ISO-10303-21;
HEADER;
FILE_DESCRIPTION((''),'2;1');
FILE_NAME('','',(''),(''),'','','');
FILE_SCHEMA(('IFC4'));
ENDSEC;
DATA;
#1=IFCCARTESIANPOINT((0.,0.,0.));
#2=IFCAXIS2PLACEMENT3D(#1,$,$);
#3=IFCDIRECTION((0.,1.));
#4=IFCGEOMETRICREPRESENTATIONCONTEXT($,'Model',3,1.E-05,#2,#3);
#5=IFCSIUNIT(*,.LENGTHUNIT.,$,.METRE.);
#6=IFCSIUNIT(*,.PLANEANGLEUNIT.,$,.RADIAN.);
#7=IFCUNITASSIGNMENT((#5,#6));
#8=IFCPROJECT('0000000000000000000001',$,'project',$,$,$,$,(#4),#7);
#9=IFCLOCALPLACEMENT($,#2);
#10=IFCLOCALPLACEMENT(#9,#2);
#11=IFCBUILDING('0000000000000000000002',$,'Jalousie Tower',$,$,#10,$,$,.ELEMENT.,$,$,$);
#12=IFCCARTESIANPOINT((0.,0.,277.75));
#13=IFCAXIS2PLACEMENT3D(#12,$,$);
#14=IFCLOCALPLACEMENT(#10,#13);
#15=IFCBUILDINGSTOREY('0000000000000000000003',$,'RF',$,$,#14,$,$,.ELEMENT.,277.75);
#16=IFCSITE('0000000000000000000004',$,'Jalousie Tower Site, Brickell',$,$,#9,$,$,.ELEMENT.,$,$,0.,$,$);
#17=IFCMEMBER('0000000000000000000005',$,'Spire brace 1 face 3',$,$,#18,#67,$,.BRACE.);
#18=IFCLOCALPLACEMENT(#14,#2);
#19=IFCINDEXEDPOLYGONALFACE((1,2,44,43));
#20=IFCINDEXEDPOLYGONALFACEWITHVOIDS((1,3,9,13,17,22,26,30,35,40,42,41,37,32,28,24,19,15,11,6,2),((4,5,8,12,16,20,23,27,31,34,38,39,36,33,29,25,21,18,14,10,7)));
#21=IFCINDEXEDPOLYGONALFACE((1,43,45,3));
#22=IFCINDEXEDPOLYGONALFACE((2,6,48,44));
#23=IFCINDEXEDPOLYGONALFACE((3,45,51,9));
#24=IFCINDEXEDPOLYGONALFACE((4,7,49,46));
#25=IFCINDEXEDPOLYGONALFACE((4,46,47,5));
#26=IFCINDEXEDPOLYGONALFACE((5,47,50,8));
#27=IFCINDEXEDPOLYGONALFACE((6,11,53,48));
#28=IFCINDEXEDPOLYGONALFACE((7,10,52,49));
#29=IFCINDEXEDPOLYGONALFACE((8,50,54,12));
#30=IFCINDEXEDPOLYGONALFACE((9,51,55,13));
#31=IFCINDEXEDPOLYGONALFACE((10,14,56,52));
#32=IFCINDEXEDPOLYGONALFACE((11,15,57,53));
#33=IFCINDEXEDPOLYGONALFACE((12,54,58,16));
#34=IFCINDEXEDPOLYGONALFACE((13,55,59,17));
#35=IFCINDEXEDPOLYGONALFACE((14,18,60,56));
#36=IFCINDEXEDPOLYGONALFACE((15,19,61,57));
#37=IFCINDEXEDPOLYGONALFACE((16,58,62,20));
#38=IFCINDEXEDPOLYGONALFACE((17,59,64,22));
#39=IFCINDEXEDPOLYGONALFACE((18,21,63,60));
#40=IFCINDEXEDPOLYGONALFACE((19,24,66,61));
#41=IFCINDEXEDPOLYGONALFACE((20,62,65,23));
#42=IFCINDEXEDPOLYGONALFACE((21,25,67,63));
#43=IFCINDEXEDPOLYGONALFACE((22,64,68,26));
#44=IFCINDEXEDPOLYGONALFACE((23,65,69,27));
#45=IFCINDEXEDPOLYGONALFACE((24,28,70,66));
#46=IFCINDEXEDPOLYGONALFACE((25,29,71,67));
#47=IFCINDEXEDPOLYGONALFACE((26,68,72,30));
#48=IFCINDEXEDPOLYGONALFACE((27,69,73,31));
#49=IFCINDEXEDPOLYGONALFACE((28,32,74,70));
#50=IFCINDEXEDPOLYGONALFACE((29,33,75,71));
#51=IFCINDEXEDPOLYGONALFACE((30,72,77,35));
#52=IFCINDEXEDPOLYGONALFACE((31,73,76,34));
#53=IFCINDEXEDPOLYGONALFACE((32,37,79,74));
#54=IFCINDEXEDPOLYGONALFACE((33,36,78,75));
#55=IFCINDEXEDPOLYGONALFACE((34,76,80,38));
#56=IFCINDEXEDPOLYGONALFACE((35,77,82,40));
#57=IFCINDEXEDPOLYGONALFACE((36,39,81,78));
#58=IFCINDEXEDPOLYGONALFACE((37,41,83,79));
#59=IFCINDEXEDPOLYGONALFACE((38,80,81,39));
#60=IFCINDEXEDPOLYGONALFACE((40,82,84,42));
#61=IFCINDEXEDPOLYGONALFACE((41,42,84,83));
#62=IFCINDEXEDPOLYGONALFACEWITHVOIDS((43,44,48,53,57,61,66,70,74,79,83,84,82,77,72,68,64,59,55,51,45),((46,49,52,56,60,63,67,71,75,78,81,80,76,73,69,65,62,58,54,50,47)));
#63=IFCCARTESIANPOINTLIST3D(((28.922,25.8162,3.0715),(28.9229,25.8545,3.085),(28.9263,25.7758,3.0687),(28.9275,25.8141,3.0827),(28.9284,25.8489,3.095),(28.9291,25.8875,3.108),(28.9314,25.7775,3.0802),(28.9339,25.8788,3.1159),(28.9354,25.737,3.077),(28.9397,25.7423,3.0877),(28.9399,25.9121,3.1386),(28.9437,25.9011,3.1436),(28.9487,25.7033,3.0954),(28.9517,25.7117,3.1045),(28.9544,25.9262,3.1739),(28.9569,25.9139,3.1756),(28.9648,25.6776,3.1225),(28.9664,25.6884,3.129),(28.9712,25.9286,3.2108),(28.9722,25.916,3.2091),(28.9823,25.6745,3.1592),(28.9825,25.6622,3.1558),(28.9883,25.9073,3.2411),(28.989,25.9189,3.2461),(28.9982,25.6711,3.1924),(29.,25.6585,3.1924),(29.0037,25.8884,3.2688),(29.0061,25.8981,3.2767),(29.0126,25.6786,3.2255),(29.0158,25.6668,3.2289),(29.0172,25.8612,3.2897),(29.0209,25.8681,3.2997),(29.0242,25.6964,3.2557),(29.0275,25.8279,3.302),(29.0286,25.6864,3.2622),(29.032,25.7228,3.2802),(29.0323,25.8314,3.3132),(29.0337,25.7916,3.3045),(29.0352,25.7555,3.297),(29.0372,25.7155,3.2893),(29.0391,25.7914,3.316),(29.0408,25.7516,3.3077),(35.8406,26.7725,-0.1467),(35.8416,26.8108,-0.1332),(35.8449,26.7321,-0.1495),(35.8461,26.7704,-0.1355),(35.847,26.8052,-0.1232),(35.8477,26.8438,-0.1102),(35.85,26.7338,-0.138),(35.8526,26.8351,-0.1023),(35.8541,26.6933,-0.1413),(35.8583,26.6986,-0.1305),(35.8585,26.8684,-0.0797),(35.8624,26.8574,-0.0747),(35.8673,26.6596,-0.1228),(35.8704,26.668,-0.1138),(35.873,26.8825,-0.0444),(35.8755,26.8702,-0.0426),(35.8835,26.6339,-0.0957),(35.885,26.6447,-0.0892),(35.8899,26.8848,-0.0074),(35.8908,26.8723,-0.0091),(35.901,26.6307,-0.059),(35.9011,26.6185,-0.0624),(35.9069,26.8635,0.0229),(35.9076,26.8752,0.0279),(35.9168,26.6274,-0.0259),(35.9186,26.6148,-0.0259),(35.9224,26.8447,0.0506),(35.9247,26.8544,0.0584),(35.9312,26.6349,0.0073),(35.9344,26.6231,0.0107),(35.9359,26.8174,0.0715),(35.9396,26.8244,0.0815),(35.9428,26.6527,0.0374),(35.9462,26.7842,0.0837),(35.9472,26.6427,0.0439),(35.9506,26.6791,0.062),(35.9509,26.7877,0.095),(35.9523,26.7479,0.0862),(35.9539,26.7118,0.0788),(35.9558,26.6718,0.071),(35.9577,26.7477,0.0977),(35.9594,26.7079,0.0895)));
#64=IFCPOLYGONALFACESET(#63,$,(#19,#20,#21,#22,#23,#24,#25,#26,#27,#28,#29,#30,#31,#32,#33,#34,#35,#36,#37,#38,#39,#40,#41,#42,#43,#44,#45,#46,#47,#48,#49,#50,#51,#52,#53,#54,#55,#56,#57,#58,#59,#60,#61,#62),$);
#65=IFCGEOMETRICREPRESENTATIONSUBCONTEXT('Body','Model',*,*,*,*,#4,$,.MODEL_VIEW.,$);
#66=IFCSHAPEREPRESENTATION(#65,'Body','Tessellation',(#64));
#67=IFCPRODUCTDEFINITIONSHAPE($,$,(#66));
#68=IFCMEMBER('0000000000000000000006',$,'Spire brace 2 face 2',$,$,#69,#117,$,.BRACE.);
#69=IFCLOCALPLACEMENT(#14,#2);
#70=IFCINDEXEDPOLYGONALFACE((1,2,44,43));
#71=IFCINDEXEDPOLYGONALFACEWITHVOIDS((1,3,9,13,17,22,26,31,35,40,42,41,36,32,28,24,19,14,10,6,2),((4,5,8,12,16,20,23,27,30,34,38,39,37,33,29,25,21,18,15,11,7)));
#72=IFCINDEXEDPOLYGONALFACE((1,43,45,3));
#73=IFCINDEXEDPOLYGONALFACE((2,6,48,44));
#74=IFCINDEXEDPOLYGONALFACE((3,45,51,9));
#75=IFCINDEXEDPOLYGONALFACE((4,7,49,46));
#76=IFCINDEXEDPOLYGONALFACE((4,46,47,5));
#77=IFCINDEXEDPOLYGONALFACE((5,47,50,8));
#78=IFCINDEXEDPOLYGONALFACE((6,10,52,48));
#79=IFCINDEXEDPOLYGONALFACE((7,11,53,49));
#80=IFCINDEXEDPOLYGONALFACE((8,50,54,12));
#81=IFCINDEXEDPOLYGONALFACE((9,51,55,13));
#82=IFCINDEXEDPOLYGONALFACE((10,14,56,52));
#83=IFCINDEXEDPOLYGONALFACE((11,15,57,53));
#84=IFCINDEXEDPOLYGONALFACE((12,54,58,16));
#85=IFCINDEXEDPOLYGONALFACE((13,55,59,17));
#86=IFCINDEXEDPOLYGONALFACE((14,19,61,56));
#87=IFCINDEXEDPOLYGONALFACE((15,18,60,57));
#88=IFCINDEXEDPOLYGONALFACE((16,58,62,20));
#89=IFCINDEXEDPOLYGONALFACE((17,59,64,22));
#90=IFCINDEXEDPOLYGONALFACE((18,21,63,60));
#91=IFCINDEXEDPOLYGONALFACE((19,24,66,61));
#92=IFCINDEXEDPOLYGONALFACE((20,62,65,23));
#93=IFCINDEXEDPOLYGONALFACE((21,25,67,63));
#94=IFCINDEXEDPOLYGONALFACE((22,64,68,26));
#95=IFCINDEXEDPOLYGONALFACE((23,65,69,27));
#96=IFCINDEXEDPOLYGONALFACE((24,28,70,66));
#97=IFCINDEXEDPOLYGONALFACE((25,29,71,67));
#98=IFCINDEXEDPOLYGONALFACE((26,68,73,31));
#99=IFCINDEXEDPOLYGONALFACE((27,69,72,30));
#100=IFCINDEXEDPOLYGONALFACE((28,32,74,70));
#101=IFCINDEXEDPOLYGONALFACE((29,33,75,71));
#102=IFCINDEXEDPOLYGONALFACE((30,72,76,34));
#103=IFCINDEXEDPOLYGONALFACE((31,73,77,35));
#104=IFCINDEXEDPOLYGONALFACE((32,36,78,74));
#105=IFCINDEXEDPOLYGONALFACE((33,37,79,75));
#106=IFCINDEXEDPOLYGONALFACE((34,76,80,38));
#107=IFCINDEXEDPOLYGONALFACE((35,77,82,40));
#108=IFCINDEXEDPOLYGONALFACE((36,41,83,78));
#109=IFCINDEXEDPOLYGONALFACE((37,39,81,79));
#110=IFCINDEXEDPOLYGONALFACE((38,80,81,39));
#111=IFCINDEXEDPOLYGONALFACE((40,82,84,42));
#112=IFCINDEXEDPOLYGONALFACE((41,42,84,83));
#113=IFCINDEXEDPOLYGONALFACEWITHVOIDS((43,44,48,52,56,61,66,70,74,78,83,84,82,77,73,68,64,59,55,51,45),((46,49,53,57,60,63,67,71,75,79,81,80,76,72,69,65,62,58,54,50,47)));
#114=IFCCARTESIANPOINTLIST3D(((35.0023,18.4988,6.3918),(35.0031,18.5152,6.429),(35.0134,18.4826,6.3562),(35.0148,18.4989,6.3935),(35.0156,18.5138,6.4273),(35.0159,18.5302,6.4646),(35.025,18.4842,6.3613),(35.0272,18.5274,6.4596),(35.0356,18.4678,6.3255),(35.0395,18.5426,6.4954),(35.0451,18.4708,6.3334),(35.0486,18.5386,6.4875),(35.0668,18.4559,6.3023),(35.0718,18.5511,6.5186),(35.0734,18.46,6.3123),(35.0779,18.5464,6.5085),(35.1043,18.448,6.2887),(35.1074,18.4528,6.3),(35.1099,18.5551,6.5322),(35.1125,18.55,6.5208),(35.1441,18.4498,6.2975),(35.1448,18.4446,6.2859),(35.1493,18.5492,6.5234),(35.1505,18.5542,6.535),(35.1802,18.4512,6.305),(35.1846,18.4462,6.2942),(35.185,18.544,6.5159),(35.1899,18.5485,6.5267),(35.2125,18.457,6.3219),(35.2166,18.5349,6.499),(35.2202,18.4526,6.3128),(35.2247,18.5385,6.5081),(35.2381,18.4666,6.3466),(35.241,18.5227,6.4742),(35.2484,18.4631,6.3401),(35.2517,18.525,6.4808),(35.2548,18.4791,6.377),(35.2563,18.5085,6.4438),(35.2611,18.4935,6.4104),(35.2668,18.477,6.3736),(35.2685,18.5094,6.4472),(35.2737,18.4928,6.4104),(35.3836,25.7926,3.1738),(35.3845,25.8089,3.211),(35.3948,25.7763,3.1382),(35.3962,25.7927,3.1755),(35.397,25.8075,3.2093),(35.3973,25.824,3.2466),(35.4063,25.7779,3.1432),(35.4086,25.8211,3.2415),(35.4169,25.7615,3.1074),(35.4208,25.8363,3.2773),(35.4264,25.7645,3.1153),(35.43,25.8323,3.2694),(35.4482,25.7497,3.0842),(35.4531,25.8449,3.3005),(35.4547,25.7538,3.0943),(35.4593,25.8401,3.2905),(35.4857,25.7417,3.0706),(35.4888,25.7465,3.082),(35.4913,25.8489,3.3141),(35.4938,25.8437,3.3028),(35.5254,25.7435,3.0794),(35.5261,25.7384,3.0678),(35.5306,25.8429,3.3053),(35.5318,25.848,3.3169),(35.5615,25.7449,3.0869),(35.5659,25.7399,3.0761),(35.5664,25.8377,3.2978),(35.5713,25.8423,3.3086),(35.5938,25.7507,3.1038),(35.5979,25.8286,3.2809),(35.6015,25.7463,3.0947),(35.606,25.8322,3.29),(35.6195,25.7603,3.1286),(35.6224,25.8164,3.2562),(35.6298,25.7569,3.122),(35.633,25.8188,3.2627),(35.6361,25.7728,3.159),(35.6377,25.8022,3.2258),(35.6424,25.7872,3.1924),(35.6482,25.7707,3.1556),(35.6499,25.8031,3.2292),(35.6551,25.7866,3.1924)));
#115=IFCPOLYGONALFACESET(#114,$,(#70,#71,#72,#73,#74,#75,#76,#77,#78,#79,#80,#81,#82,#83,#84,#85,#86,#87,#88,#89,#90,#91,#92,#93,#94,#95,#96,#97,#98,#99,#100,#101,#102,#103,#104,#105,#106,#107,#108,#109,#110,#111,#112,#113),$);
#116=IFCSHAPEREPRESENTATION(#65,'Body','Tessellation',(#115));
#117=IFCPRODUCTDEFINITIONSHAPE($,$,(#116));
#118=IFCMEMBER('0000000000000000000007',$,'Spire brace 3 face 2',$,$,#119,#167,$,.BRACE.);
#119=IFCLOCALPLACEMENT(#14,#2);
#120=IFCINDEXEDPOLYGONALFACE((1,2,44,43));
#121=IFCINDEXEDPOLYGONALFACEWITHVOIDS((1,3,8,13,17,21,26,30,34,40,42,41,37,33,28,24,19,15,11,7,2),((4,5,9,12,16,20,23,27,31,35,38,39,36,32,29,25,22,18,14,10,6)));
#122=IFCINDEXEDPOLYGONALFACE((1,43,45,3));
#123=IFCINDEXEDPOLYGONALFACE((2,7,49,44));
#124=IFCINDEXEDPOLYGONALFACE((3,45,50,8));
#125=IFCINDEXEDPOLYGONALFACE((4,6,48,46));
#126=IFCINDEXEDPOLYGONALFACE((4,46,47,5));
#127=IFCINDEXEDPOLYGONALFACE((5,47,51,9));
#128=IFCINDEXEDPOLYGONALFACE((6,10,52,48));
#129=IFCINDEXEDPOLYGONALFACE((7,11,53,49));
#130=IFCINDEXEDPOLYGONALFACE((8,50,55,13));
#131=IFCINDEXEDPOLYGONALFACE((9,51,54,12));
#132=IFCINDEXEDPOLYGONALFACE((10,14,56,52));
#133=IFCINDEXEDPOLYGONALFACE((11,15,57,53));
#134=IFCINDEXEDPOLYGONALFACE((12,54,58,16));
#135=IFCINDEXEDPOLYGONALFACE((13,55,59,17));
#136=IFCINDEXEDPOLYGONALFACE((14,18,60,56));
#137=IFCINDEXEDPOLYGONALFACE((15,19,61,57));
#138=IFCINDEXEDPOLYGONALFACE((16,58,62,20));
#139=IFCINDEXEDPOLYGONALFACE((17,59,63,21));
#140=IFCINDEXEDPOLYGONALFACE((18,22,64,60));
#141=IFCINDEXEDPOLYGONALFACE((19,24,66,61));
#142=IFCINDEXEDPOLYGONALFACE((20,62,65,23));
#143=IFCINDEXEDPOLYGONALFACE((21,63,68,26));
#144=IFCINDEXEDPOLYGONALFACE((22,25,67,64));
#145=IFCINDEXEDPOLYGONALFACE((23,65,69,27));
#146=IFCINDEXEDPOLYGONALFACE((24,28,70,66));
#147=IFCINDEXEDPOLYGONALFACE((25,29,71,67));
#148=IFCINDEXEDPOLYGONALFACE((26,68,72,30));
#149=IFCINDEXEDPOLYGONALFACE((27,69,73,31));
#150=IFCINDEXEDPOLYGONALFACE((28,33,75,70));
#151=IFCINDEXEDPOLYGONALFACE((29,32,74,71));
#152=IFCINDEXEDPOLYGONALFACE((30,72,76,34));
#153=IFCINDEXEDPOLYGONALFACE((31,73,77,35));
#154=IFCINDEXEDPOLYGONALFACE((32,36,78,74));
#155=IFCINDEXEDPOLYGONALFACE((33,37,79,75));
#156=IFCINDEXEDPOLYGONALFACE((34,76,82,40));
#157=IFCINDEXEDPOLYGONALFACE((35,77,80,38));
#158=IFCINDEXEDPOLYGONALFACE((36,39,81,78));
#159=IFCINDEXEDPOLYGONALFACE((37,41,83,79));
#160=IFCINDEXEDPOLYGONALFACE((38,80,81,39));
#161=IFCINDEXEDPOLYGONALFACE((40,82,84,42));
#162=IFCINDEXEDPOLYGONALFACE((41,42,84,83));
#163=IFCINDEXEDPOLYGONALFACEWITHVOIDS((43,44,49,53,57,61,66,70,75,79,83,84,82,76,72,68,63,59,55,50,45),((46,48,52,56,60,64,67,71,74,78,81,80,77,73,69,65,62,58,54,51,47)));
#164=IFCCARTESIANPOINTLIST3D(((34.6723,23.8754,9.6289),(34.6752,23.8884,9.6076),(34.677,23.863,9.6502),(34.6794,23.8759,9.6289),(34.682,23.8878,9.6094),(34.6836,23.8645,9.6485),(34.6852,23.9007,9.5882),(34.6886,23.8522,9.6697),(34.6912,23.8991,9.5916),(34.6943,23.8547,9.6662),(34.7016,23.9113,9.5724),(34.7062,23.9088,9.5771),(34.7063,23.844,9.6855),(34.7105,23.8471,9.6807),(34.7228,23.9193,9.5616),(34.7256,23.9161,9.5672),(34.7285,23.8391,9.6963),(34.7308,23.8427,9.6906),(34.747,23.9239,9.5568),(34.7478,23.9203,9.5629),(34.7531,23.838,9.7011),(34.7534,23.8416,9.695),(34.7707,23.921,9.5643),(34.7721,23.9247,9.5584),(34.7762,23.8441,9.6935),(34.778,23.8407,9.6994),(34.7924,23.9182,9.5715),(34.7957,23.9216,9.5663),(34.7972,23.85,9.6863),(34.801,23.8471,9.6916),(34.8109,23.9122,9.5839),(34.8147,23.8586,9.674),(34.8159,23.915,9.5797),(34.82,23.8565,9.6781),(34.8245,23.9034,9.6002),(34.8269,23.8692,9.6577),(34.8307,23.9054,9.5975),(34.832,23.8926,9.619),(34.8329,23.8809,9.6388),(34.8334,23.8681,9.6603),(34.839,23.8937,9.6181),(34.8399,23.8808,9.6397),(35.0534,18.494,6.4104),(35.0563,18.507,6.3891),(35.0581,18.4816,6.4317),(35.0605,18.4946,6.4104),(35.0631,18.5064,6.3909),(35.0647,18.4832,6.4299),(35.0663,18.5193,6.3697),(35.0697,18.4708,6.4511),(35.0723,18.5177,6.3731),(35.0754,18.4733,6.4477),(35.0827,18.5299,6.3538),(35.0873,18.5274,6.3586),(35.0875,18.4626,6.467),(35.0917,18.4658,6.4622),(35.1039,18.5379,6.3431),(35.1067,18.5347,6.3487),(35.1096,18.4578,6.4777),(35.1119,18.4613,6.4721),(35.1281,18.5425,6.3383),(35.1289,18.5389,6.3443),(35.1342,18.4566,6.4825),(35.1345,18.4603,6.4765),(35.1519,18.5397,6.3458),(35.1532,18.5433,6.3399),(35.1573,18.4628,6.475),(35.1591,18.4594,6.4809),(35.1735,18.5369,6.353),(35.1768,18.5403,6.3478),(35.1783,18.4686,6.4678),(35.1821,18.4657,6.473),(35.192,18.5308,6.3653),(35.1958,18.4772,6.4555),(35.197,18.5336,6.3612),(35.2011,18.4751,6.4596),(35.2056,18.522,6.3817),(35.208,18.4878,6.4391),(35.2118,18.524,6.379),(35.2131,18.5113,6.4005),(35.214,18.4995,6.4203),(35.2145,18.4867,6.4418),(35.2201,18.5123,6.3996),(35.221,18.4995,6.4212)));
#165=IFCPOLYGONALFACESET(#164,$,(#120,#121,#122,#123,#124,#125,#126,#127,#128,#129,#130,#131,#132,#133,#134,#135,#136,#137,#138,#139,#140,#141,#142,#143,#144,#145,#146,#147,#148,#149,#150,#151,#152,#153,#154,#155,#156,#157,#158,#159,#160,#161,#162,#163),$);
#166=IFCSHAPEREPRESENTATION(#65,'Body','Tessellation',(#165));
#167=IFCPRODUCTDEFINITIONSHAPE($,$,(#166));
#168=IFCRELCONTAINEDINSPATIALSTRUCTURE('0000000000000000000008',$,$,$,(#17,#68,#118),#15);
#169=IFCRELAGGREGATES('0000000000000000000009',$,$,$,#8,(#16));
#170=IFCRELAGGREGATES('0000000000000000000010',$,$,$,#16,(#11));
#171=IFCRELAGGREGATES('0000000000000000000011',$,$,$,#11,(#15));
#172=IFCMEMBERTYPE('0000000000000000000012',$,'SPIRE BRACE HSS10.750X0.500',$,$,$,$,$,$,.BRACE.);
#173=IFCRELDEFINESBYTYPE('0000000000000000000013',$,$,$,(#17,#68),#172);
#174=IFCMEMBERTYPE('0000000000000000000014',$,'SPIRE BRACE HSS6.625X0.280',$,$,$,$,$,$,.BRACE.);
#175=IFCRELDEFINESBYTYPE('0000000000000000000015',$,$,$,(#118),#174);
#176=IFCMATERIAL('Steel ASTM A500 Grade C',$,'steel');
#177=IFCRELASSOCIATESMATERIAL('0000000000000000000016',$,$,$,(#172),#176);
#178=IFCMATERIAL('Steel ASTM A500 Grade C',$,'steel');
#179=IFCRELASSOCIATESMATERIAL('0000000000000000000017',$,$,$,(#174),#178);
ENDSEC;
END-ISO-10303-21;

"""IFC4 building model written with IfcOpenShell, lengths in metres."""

from ifc_helpers import new_model, si_unit, direction, frame, origin, origin_2d, place, context, subcontext, project, spatial, hollow_circle, extrude, material, material_profile, profile_set, type_object, element, save


model = new_model("IFC4")

# Units and contexts
model_context = context("Model", 3, precision=1e-05, world=origin(), true_north=direction((0.0, 1.0)))
body_context = subcontext(model_context, "Body", "Model", "MODEL_VIEW")
ifc_project = project(units=[si_unit("LENGTHUNIT", "METRE"), si_unit("PLANEANGLEUNIT", "RADIAN")], contexts=[model_context])

# Site, building, storey
site_placement = place(None, origin())
site = spatial("IfcSite", under=ifc_project, at=site_placement, Name="Jalousie Tower Site, Brickell", CompositionType="ELEMENT", RefElevation=0.0)
building_placement = place(site_placement, origin())
building = spatial("IfcBuilding", under=site, at=building_placement, Name="Jalousie Tower", CompositionType="ELEMENT")
storey_placement = place(building_placement, frame((0.0, 0.0, 277.75)))
storey = spatial("IfcBuildingStorey", under=building, at=storey_placement, Name="RF", CompositionType="ELEMENT", Elevation=277.75)

# Members
ifc_material_1 = material(Name="Steel ASTM A500 Grade C", Category="steel")
ifc_material_profile_1 = material_profile(ifc_material_1, hollow_circle(Radius=0.1365, WallThickness=0.0127, at=origin_2d()), Name="HSS10.750X0.500")
ifc_profile_set_1 = profile_set([ifc_material_profile_1], Name="Steel ASTM A500 Grade C")
member_type_1 = type_object("IfcMemberType", Name="SPIRE BRACE HSS10.750X0.500", PredefinedType="BRACE", material=ifc_profile_set_1)
member_1_placement = place(storey_placement, frame((35.8999, 26.75, -0.0259), z_axis=(-0.89967, -0.124352, 0.418485), x_axis=(0.136918, -0.990582, 0.0)))
element("IfcMember", 1, at=member_1_placement, inside=storey, type_object=member_type_1, Name="Spire brace 1 face 3", PredefinedType="BRACE", context=body_context, shape_type="SweptSolid", body=[
    extrude(hollow_circle(Radius=0.1365, WallThickness=0.0127, at=origin_2d()), origin(), (0.0, 0.0, 1.0), 7.6902),
])
member_2_placement = place(storey_placement, frame((35.5188, 25.7937, 3.1924), z_axis=(-0.047781, -0.913863, 0.403201), x_axis=(0.998636, -0.052213, 0.0)))
element("IfcMember", 2, at=member_2_placement, inside=storey, type_object=member_type_1, Name="Spire brace 2 face 2", PredefinedType="BRACE", context=body_context, shape_type="SweptSolid", body=[
    extrude(hollow_circle(Radius=0.1365, WallThickness=0.0127, at=origin_2d()), origin(), (0.0, 0.0, 1.0), 7.9812),
])
ifc_material_2 = material(Name="Steel ASTM A500 Grade C", Category="steel")
ifc_material_profile_2 = material_profile(ifc_material_2, hollow_circle(Radius=0.0842, WallThickness=0.0071, at=origin_2d()), Name="HSS6.625X0.280")
ifc_profile_set_2 = profile_set([ifc_material_profile_2], Name="Steel ASTM A500 Grade C")
member_type_2 = type_object("IfcMemberType", Name="SPIRE BRACE HSS6.625X0.280", PredefinedType="BRACE", material=ifc_profile_set_2)
member_3_placement = place(storey_placement, frame((35.1375, 18.5, 6.4104), z_axis=(-0.060666, 0.856636, 0.512342), x_axis=(-0.997502, -0.070642, 0.0)))
element("IfcMember", 3, at=member_3_placement, inside=storey, type_object=member_type_2, Name="Spire brace 3 face 2", PredefinedType="BRACE", context=body_context, shape_type="SweptSolid", body=[
    extrude(hollow_circle(Radius=0.0842, WallThickness=0.0071, at=origin_2d()), origin(), (0.0, 0.0, 1.0), 6.282),
])

save(model, "model.ifc")
